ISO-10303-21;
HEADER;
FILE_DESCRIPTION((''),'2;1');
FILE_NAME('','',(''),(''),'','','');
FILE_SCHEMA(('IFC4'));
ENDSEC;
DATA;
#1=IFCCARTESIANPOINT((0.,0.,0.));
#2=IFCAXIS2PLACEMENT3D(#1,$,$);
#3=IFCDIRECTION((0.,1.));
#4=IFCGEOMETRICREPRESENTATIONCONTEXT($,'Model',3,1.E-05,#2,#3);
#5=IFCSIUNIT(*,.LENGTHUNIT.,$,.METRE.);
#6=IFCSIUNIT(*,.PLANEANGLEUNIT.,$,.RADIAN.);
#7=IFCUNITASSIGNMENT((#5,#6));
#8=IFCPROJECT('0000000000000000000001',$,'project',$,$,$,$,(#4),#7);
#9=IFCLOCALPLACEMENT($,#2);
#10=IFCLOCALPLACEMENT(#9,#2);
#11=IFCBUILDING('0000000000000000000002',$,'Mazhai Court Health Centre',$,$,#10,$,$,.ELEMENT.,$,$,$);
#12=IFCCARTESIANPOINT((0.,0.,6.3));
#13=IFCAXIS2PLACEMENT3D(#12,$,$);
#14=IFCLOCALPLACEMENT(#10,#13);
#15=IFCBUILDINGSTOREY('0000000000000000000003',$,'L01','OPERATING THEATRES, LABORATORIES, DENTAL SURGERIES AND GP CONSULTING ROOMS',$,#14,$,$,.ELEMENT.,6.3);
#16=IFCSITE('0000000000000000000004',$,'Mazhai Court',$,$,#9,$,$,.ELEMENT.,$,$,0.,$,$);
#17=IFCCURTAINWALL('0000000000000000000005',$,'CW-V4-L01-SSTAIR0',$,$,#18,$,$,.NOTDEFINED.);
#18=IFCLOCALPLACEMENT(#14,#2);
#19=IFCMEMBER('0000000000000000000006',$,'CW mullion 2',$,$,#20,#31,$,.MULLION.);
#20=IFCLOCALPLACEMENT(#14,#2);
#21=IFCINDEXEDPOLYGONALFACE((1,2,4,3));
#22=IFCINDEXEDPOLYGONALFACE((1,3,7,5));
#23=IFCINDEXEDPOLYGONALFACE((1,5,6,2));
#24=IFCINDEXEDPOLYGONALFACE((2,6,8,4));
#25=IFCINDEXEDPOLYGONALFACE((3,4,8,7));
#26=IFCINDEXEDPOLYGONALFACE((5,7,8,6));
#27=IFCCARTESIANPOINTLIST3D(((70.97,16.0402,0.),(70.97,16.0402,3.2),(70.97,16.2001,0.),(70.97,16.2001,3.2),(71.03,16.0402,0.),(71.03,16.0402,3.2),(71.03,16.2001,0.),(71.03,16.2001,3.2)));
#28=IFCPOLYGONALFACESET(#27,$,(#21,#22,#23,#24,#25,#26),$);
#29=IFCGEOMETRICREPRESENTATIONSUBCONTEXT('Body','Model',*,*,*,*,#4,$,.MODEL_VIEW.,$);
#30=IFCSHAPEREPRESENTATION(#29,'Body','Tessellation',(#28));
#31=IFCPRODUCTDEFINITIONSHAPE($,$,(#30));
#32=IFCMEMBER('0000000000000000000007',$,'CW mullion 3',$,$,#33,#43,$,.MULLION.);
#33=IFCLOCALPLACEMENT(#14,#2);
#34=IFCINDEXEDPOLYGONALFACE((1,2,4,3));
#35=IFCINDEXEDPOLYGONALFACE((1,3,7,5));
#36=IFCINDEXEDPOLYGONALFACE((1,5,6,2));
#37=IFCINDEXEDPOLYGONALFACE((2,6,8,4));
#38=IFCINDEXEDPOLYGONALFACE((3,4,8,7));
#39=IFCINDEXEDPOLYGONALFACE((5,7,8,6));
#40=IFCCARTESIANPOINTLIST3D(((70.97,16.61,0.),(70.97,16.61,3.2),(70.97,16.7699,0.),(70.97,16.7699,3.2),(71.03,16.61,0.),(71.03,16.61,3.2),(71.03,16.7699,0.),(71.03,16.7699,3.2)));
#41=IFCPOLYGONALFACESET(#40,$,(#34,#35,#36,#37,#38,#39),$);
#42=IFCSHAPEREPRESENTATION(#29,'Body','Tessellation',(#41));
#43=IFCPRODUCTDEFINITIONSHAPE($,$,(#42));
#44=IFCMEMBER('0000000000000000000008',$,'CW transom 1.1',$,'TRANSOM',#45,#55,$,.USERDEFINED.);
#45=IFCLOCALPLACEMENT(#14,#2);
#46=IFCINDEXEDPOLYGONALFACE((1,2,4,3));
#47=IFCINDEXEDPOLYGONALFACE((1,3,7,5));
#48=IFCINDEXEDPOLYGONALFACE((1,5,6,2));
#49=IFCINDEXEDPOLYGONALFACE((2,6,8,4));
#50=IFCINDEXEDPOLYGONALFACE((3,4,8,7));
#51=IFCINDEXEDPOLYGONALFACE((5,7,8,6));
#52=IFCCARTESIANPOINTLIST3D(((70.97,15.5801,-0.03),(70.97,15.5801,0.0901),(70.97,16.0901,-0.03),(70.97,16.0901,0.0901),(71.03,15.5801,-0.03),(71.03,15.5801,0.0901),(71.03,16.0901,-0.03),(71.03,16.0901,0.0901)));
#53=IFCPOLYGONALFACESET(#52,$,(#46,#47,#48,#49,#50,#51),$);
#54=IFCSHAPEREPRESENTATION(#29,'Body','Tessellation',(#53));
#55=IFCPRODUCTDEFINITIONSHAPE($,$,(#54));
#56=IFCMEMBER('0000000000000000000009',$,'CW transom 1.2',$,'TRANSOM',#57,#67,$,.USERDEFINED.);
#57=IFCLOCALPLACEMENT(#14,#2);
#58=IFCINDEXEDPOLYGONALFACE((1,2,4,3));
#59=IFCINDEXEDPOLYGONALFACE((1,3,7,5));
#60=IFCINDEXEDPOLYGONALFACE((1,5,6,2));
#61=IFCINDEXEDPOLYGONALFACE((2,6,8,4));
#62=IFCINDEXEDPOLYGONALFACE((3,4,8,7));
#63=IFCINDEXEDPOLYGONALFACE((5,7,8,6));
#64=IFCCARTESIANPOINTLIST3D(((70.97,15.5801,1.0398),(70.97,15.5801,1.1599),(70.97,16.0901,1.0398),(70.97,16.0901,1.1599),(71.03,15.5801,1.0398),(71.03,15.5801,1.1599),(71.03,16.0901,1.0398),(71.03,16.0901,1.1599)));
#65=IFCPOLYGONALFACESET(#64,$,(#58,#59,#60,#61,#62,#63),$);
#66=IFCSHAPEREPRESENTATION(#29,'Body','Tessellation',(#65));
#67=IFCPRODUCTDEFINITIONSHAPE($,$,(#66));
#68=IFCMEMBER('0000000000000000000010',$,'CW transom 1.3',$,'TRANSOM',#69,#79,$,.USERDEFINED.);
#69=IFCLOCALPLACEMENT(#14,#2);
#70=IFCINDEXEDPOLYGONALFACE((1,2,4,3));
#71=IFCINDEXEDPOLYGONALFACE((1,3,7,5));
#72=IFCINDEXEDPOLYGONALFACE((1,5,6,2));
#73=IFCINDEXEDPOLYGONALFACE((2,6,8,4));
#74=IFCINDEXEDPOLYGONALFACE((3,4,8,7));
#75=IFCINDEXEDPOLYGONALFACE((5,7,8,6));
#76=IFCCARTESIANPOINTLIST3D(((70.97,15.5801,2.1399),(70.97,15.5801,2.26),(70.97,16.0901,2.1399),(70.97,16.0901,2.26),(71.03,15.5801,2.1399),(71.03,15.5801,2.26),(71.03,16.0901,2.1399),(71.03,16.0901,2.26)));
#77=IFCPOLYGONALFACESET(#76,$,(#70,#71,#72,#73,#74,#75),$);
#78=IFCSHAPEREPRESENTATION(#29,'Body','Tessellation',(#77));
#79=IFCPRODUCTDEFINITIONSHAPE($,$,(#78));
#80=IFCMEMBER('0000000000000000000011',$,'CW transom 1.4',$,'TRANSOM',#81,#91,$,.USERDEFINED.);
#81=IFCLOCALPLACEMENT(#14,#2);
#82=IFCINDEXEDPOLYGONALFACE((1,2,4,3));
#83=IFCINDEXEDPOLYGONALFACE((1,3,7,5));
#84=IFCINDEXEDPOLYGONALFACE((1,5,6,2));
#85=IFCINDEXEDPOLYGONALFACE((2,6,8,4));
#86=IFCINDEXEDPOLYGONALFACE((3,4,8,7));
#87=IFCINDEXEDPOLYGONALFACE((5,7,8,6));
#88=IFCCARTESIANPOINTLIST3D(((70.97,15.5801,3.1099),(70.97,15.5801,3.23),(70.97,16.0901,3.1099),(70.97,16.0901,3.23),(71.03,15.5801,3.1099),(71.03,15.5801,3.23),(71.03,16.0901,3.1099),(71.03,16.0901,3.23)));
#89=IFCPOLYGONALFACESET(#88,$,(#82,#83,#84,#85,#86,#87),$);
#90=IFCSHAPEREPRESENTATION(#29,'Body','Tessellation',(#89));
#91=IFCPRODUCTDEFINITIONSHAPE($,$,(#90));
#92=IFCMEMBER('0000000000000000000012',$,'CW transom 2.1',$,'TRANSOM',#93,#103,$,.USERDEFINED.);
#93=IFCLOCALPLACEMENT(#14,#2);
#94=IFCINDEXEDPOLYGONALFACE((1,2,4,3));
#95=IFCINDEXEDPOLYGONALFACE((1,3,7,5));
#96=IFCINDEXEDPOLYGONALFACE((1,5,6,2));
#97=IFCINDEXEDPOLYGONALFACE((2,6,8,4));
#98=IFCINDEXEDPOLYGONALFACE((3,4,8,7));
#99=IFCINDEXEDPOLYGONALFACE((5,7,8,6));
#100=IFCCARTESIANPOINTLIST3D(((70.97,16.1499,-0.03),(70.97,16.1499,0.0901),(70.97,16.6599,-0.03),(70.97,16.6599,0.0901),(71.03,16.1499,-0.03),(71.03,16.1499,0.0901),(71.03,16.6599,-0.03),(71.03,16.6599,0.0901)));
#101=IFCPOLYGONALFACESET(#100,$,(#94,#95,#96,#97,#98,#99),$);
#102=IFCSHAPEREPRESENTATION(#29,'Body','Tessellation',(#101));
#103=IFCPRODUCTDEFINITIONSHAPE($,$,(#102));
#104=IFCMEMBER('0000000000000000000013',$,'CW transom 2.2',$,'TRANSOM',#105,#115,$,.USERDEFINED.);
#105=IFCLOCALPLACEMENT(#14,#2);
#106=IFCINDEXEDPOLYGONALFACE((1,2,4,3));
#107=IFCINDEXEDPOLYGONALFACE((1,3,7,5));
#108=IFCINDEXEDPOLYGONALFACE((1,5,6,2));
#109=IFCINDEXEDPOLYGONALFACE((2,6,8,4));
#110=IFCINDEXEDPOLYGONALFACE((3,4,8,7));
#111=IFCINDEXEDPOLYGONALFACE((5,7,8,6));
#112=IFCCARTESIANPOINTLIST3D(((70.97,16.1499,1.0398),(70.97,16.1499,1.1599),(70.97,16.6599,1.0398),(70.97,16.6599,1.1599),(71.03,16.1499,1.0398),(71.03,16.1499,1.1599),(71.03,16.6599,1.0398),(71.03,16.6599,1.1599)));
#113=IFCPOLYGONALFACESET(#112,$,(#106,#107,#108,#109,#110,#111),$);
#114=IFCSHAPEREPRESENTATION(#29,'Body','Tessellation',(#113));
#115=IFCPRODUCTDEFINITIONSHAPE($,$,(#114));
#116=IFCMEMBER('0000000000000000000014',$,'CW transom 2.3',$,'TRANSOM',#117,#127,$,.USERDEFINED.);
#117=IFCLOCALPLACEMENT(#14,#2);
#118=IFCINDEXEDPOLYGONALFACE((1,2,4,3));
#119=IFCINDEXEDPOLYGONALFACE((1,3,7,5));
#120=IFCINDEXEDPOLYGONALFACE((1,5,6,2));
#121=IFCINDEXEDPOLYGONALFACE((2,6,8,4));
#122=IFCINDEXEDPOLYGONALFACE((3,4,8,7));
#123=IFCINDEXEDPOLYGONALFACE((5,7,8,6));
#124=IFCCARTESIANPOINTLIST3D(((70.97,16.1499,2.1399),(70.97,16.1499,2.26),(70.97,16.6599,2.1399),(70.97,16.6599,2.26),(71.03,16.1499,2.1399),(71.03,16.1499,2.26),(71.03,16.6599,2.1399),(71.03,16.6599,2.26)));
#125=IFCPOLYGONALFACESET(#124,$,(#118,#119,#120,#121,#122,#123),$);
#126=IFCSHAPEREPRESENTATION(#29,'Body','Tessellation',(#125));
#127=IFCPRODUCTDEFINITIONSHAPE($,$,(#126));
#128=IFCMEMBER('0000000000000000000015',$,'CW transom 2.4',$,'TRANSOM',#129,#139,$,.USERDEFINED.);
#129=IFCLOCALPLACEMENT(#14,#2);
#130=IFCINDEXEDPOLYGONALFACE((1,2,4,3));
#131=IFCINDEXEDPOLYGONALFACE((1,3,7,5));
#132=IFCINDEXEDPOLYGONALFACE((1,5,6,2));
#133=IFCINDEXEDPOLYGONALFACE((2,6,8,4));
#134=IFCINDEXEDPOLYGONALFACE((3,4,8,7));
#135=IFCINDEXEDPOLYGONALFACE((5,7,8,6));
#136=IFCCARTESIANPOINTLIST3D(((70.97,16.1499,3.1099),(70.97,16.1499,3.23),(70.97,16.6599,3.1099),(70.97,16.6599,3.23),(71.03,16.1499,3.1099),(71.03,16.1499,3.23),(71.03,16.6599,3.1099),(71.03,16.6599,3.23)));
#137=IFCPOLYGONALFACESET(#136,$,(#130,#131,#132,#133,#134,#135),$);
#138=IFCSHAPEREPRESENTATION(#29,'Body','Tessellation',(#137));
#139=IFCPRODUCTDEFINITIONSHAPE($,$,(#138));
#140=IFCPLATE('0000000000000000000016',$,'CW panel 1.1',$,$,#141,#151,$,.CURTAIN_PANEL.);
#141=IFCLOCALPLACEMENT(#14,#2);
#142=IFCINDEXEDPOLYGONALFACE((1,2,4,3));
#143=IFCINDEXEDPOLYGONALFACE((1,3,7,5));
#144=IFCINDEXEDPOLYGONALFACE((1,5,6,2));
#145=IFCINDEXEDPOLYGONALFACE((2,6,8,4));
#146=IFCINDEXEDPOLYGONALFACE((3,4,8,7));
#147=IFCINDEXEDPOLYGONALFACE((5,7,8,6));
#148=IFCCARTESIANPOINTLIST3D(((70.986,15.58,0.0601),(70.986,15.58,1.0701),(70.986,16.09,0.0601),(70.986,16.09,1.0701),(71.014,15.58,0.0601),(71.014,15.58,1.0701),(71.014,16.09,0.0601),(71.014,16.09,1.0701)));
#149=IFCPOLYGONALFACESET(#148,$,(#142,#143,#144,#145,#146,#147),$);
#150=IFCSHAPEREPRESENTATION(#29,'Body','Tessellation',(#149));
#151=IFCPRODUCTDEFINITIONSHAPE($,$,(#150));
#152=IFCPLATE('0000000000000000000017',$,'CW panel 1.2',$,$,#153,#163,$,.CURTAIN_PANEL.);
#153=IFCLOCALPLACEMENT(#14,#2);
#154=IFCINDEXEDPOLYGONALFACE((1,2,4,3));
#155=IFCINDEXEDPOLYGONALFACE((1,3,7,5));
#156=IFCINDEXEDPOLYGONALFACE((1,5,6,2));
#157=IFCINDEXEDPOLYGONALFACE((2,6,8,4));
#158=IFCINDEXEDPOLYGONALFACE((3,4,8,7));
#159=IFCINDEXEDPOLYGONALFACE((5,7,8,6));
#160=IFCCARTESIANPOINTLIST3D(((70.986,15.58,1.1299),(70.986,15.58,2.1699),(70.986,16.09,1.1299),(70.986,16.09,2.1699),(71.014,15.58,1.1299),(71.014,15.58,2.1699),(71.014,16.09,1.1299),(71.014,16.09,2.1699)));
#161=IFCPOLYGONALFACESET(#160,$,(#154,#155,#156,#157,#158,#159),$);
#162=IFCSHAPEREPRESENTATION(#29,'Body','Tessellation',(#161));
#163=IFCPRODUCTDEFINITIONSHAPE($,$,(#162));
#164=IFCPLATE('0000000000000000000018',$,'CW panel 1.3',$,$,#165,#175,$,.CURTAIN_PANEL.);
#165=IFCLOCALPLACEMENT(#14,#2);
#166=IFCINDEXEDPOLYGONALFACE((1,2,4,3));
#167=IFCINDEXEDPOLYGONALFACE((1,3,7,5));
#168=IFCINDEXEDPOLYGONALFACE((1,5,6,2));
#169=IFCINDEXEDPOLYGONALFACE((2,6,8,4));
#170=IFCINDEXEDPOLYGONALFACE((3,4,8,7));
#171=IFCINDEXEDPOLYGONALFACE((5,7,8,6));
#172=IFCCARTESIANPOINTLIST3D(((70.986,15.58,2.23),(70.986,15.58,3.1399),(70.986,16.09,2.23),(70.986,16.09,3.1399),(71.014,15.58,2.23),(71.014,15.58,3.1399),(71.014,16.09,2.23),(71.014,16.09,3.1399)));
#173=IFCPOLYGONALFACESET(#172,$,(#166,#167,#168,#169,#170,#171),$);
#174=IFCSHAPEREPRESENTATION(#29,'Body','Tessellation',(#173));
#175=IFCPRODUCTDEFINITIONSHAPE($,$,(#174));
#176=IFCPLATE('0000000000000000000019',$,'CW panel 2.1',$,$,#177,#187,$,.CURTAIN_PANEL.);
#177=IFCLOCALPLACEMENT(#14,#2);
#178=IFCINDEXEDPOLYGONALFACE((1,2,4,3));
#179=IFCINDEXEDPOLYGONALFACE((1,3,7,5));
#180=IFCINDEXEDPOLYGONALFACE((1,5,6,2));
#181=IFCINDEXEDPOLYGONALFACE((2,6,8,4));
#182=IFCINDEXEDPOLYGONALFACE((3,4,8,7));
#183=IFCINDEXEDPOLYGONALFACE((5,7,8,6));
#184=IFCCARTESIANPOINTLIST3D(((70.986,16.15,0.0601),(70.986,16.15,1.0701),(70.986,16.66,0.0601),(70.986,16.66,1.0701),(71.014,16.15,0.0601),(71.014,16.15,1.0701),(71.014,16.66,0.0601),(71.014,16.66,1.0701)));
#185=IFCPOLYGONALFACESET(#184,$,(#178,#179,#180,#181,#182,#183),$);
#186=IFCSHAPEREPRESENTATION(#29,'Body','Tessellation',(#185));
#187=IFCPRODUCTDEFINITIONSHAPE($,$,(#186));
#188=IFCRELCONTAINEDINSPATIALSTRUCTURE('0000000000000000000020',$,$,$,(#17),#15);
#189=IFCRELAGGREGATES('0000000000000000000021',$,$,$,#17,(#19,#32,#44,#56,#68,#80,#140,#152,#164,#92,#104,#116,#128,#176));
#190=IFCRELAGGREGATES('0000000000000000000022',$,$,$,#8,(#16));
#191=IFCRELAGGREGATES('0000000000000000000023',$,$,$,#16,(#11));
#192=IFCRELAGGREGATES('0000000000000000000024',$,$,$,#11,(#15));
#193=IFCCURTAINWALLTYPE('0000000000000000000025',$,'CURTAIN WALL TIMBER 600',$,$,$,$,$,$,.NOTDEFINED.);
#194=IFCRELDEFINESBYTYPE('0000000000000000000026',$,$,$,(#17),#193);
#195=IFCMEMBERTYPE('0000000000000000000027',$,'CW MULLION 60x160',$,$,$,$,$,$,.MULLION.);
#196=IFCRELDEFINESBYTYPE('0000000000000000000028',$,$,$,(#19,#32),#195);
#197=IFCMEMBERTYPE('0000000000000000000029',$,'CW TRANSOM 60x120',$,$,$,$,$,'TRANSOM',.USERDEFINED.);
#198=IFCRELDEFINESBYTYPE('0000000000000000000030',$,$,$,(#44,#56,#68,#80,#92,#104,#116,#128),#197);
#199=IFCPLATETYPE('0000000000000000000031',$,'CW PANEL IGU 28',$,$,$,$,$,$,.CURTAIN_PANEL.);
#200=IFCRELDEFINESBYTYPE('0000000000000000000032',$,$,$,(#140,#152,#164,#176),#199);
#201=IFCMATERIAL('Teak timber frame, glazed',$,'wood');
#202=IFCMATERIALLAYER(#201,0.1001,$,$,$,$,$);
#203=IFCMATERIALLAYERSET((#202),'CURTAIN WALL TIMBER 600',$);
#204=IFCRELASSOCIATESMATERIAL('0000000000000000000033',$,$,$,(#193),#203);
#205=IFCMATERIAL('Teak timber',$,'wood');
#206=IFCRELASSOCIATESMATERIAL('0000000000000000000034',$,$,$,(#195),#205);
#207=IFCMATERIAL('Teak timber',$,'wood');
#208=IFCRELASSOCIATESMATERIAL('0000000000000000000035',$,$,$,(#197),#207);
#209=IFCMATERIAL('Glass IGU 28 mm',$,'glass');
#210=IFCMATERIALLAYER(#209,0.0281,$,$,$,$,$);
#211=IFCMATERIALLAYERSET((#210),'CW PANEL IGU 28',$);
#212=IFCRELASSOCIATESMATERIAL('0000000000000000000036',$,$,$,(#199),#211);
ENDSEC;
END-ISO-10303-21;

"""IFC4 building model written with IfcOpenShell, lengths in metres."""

from ifc_helpers import new_model, si_unit, direction, frame, origin, origin_2d, place, context, subcontext, project, spatial, rectangle, extrude, material, layer, layer_set, material_profile, profile_set, type_object, element, aggregate, save


model = new_model("IFC4")

# Units and contexts
model_context = context("Model", 3, precision=1e-05, world=origin(), true_north=direction((0.0, 1.0)))
body_context = subcontext(model_context, "Body", "Model", "MODEL_VIEW")
ifc_project = project(units=[si_unit("LENGTHUNIT", "METRE"), si_unit("PLANEANGLEUNIT", "RADIAN")], contexts=[model_context])

# Site, building, storey
site_placement = place(None, origin())
site = spatial("IfcSite", under=ifc_project, at=site_placement, Name="Mazhai Court", CompositionType="ELEMENT", RefElevation=0.0)
building_placement = place(site_placement, origin())
building = spatial("IfcBuilding", under=site, at=building_placement, Name="Mazhai Court Health Centre", CompositionType="ELEMENT")
storey_placement = place(building_placement, frame((0.0, 0.0, 6.3)))
storey = spatial("IfcBuildingStorey", under=building, at=storey_placement, Name="L01", Description="OPERATING THEATRES, LABORATORIES, DENTAL SURGERIES AND GP CONSULTING ROOMS", CompositionType="ELEMENT", Elevation=6.3)

# Curtain wall, members, plates
ifc_material_1 = material(Name="Teak timber frame, glazed", Category="wood")
ifc_layer_1 = layer(ifc_material_1, 0.1001)
ifc_layer_set_1 = layer_set([ifc_layer_1], Name="CURTAIN WALL TIMBER 600")
curtain_wall_type = type_object("IfcCurtainWallType", Name="CURTAIN WALL TIMBER 600", PredefinedType="NOTDEFINED", material=ifc_layer_set_1)
curtain_wall_placement = place(storey_placement, origin())
curtain_wall = element("IfcCurtainWall", 1, at=curtain_wall_placement, inside=storey, type_object=curtain_wall_type, Name="CW-V4-L01-SSTAIR0", PredefinedType="NOTDEFINED")
ifc_material_2 = material(Name="Teak timber", Category="wood")
ifc_material_profile_1 = material_profile(ifc_material_2, rectangle(XDim=0.0601, YDim=0.1599, at=origin_2d()), Name="CW MULLION 60x160")
ifc_profile_set_1 = profile_set([ifc_material_profile_1], Name="Teak timber")
member_type_1 = type_object("IfcMemberType", Name="CW MULLION 60x160", PredefinedType="MULLION", material=ifc_profile_set_1)
member_1_placement = place(storey_placement, frame((71.0, 16.1201, 0.0), z_axis=(0.0, 0.0, 1.0), x_axis=(-1.0, 0.0, 0.0)))
member_1 = element("IfcMember", 2, at=member_1_placement, type_object=member_type_1, Name="CW mullion 2", PredefinedType="MULLION", context=body_context, shape_type="SweptSolid", body=[
    extrude(rectangle(XDim=0.0601, YDim=0.1599, at=origin_2d()), origin(), (0.0, 0.0, 1.0), 3.2),
])
member_2_placement = place(storey_placement, frame((71.0, 16.6899, 0.0), z_axis=(0.0, 0.0, 1.0), x_axis=(-1.0, 0.0, 0.0)))
member_2 = element("IfcMember", 3, at=member_2_placement, type_object=member_type_1, Name="CW mullion 3", PredefinedType="MULLION", context=body_context, shape_type="SweptSolid", body=[
    extrude(rectangle(XDim=0.0601, YDim=0.1599, at=origin_2d()), origin(), (0.0, 0.0, 1.0), 3.2),
])
ifc_material_3 = material(Name="Teak timber", Category="wood")
ifc_material_profile_2 = material_profile(ifc_material_3, rectangle(XDim=0.0601, YDim=0.1201, at=origin_2d()), Name="CW TRANSOM 60x120")
ifc_profile_set_2 = profile_set([ifc_material_profile_2], Name="Teak timber")
member_type_2 = type_object("IfcMemberType", Name="CW TRANSOM 60x120", ElementType="TRANSOM", PredefinedType="USERDEFINED", material=ifc_profile_set_2)
member_3_placement = place(storey_placement, frame((71.0, 15.5801, 0.03), z_axis=(0.0, 1.0, 0.0), x_axis=(-1.0, 0.0, 0.0)))
member_3 = element("IfcMember", 4, at=member_3_placement, type_object=member_type_2, Name="CW transom 1.1", ObjectType="TRANSOM", PredefinedType="USERDEFINED", context=body_context, shape_type="SweptSolid", body=[
    extrude(rectangle(XDim=0.0601, YDim=0.1201, at=origin_2d()), origin(), (0.0, 0.0, 1.0), 0.51),
])
member_4_placement = place(storey_placement, frame((71.0, 15.5801, 1.0999), z_axis=(0.0, 1.0, 0.0), x_axis=(-1.0, 0.0, 0.0)))
member_4 = element("IfcMember", 5, at=member_4_placement, type_object=member_type_2, Name="CW transom 1.2", ObjectType="TRANSOM", PredefinedType="USERDEFINED", context=body_context, shape_type="SweptSolid", body=[
    extrude(rectangle(XDim=0.0601, YDim=0.1201, at=origin_2d()), origin(), (0.0, 0.0, 1.0), 0.51),
])
member_5_placement = place(storey_placement, frame((71.0, 15.5801, 2.2), z_axis=(0.0, 1.0, 0.0), x_axis=(-1.0, 0.0, 0.0)))
member_5 = element("IfcMember", 6, at=member_5_placement, type_object=member_type_2, Name="CW transom 1.3", ObjectType="TRANSOM", PredefinedType="USERDEFINED", context=body_context, shape_type="SweptSolid", body=[
    extrude(rectangle(XDim=0.0601, YDim=0.1201, at=origin_2d()), origin(), (0.0, 0.0, 1.0), 0.51),
])
member_6_placement = place(storey_placement, frame((71.0, 15.5801, 3.1699), z_axis=(0.0, 1.0, 0.0), x_axis=(-1.0, 0.0, 0.0)))
member_6 = element("IfcMember", 7, at=member_6_placement, type_object=member_type_2, Name="CW transom 1.4", ObjectType="TRANSOM", PredefinedType="USERDEFINED", context=body_context, shape_type="SweptSolid", body=[
    extrude(rectangle(XDim=0.0601, YDim=0.1201, at=origin_2d()), origin(), (0.0, 0.0, 1.0), 0.51),
])
member_7_placement = place(storey_placement, frame((71.0, 16.1499, 0.03), z_axis=(0.0, 1.0, 0.0), x_axis=(-1.0, 0.0, 0.0)))
member_7 = element("IfcMember", 8, at=member_7_placement, type_object=member_type_2, Name="CW transom 2.1", ObjectType="TRANSOM", PredefinedType="USERDEFINED", context=body_context, shape_type="SweptSolid", body=[
    extrude(rectangle(XDim=0.0601, YDim=0.1201, at=origin_2d()), origin(), (0.0, 0.0, 1.0), 0.51),
])
member_8_placement = place(storey_placement, frame((71.0, 16.1499, 1.0999), z_axis=(0.0, 1.0, 0.0), x_axis=(-1.0, 0.0, 0.0)))
member_8 = element("IfcMember", 9, at=member_8_placement, type_object=member_type_2, Name="CW transom 2.2", ObjectType="TRANSOM", PredefinedType="USERDEFINED", context=body_context, shape_type="SweptSolid", body=[
    extrude(rectangle(XDim=0.0601, YDim=0.1201, at=origin_2d()), origin(), (0.0, 0.0, 1.0), 0.51),
])
member_9_placement = place(storey_placement, frame((71.0, 16.1499, 2.2), z_axis=(0.0, 1.0, 0.0), x_axis=(-1.0, 0.0, 0.0)))
member_9 = element("IfcMember", 10, at=member_9_placement, type_object=member_type_2, Name="CW transom 2.3", ObjectType="TRANSOM", PredefinedType="USERDEFINED", context=body_context, shape_type="SweptSolid", body=[
    extrude(rectangle(XDim=0.0601, YDim=0.1201, at=origin_2d()), origin(), (0.0, 0.0, 1.0), 0.51),
])
member_10_placement = place(storey_placement, frame((71.0, 16.1499, 3.1699), z_axis=(0.0, 1.0, 0.0), x_axis=(-1.0, 0.0, 0.0)))
member_10 = element("IfcMember", 11, at=member_10_placement, type_object=member_type_2, Name="CW transom 2.4", ObjectType="TRANSOM", PredefinedType="USERDEFINED", context=body_context, shape_type="SweptSolid", body=[
    extrude(rectangle(XDim=0.0601, YDim=0.1201, at=origin_2d()), origin(), (0.0, 0.0, 1.0), 0.51),
])
ifc_material_4 = material(Name="Glass IGU 28 mm", Category="glass")
ifc_layer_2 = layer(ifc_material_4, 0.0281)
ifc_layer_set_2 = layer_set([ifc_layer_2], Name="CW PANEL IGU 28")
plate_type = type_object("IfcPlateType", Name="CW PANEL IGU 28", PredefinedType="CURTAIN_PANEL", material=ifc_layer_set_2)
plate_1_placement = place(storey_placement, frame((71.0, 15.835, 0.0601), z_axis=(0.0, 0.0, 1.0), x_axis=(0.0, 1.0, 0.0)))
plate_1 = element("IfcPlate", 12, at=plate_1_placement, type_object=plate_type, Name="CW panel 1.1", PredefinedType="CURTAIN_PANEL", context=body_context, shape_type="SweptSolid", body=[
    extrude(rectangle(XDim=0.51, YDim=0.0281, at=origin_2d()), origin(), (0.0, 0.0, 1.0), 1.01),
])
plate_2_placement = place(storey_placement, frame((71.0, 15.835, 1.1299), z_axis=(0.0, 0.0, 1.0), x_axis=(0.0, 1.0, 0.0)))
plate_2 = element("IfcPlate", 13, at=plate_2_placement, type_object=plate_type, Name="CW panel 1.2", PredefinedType="CURTAIN_PANEL", context=body_context, shape_type="SweptSolid", body=[
    extrude(rectangle(XDim=0.51, YDim=0.0281, at=origin_2d()), origin(), (0.0, 0.0, 1.0), 1.04),
])
plate_3_placement = place(storey_placement, frame((71.0, 15.835, 2.23), z_axis=(0.0, 0.0, 1.0), x_axis=(0.0, 1.0, 0.0)))
plate_3 = element("IfcPlate", 14, at=plate_3_placement, type_object=plate_type, Name="CW panel 1.3", PredefinedType="CURTAIN_PANEL", context=body_context, shape_type="SweptSolid", body=[
    extrude(rectangle(XDim=0.51, YDim=0.0281, at=origin_2d()), origin(), (0.0, 0.0, 1.0), 0.9099),
])
plate_4_placement = place(storey_placement, frame((71.0, 16.405, 0.0601), z_axis=(0.0, 0.0, 1.0), x_axis=(0.0, 1.0, 0.0)))
plate_4 = element("IfcPlate", 15, at=plate_4_placement, type_object=plate_type, Name="CW panel 2.1", PredefinedType="CURTAIN_PANEL", context=body_context, shape_type="SweptSolid", body=[
    extrude(rectangle(XDim=0.51, YDim=0.0281, at=origin_2d()), origin(), (0.0, 0.0, 1.0), 1.01),
])
aggregate(curtain_wall, [member_1, member_2, member_3, member_4, member_5, member_6, plate_1, plate_2, plate_3, member_7, member_8, member_9, member_10, plate_4])

save(model, "model.ifc")
